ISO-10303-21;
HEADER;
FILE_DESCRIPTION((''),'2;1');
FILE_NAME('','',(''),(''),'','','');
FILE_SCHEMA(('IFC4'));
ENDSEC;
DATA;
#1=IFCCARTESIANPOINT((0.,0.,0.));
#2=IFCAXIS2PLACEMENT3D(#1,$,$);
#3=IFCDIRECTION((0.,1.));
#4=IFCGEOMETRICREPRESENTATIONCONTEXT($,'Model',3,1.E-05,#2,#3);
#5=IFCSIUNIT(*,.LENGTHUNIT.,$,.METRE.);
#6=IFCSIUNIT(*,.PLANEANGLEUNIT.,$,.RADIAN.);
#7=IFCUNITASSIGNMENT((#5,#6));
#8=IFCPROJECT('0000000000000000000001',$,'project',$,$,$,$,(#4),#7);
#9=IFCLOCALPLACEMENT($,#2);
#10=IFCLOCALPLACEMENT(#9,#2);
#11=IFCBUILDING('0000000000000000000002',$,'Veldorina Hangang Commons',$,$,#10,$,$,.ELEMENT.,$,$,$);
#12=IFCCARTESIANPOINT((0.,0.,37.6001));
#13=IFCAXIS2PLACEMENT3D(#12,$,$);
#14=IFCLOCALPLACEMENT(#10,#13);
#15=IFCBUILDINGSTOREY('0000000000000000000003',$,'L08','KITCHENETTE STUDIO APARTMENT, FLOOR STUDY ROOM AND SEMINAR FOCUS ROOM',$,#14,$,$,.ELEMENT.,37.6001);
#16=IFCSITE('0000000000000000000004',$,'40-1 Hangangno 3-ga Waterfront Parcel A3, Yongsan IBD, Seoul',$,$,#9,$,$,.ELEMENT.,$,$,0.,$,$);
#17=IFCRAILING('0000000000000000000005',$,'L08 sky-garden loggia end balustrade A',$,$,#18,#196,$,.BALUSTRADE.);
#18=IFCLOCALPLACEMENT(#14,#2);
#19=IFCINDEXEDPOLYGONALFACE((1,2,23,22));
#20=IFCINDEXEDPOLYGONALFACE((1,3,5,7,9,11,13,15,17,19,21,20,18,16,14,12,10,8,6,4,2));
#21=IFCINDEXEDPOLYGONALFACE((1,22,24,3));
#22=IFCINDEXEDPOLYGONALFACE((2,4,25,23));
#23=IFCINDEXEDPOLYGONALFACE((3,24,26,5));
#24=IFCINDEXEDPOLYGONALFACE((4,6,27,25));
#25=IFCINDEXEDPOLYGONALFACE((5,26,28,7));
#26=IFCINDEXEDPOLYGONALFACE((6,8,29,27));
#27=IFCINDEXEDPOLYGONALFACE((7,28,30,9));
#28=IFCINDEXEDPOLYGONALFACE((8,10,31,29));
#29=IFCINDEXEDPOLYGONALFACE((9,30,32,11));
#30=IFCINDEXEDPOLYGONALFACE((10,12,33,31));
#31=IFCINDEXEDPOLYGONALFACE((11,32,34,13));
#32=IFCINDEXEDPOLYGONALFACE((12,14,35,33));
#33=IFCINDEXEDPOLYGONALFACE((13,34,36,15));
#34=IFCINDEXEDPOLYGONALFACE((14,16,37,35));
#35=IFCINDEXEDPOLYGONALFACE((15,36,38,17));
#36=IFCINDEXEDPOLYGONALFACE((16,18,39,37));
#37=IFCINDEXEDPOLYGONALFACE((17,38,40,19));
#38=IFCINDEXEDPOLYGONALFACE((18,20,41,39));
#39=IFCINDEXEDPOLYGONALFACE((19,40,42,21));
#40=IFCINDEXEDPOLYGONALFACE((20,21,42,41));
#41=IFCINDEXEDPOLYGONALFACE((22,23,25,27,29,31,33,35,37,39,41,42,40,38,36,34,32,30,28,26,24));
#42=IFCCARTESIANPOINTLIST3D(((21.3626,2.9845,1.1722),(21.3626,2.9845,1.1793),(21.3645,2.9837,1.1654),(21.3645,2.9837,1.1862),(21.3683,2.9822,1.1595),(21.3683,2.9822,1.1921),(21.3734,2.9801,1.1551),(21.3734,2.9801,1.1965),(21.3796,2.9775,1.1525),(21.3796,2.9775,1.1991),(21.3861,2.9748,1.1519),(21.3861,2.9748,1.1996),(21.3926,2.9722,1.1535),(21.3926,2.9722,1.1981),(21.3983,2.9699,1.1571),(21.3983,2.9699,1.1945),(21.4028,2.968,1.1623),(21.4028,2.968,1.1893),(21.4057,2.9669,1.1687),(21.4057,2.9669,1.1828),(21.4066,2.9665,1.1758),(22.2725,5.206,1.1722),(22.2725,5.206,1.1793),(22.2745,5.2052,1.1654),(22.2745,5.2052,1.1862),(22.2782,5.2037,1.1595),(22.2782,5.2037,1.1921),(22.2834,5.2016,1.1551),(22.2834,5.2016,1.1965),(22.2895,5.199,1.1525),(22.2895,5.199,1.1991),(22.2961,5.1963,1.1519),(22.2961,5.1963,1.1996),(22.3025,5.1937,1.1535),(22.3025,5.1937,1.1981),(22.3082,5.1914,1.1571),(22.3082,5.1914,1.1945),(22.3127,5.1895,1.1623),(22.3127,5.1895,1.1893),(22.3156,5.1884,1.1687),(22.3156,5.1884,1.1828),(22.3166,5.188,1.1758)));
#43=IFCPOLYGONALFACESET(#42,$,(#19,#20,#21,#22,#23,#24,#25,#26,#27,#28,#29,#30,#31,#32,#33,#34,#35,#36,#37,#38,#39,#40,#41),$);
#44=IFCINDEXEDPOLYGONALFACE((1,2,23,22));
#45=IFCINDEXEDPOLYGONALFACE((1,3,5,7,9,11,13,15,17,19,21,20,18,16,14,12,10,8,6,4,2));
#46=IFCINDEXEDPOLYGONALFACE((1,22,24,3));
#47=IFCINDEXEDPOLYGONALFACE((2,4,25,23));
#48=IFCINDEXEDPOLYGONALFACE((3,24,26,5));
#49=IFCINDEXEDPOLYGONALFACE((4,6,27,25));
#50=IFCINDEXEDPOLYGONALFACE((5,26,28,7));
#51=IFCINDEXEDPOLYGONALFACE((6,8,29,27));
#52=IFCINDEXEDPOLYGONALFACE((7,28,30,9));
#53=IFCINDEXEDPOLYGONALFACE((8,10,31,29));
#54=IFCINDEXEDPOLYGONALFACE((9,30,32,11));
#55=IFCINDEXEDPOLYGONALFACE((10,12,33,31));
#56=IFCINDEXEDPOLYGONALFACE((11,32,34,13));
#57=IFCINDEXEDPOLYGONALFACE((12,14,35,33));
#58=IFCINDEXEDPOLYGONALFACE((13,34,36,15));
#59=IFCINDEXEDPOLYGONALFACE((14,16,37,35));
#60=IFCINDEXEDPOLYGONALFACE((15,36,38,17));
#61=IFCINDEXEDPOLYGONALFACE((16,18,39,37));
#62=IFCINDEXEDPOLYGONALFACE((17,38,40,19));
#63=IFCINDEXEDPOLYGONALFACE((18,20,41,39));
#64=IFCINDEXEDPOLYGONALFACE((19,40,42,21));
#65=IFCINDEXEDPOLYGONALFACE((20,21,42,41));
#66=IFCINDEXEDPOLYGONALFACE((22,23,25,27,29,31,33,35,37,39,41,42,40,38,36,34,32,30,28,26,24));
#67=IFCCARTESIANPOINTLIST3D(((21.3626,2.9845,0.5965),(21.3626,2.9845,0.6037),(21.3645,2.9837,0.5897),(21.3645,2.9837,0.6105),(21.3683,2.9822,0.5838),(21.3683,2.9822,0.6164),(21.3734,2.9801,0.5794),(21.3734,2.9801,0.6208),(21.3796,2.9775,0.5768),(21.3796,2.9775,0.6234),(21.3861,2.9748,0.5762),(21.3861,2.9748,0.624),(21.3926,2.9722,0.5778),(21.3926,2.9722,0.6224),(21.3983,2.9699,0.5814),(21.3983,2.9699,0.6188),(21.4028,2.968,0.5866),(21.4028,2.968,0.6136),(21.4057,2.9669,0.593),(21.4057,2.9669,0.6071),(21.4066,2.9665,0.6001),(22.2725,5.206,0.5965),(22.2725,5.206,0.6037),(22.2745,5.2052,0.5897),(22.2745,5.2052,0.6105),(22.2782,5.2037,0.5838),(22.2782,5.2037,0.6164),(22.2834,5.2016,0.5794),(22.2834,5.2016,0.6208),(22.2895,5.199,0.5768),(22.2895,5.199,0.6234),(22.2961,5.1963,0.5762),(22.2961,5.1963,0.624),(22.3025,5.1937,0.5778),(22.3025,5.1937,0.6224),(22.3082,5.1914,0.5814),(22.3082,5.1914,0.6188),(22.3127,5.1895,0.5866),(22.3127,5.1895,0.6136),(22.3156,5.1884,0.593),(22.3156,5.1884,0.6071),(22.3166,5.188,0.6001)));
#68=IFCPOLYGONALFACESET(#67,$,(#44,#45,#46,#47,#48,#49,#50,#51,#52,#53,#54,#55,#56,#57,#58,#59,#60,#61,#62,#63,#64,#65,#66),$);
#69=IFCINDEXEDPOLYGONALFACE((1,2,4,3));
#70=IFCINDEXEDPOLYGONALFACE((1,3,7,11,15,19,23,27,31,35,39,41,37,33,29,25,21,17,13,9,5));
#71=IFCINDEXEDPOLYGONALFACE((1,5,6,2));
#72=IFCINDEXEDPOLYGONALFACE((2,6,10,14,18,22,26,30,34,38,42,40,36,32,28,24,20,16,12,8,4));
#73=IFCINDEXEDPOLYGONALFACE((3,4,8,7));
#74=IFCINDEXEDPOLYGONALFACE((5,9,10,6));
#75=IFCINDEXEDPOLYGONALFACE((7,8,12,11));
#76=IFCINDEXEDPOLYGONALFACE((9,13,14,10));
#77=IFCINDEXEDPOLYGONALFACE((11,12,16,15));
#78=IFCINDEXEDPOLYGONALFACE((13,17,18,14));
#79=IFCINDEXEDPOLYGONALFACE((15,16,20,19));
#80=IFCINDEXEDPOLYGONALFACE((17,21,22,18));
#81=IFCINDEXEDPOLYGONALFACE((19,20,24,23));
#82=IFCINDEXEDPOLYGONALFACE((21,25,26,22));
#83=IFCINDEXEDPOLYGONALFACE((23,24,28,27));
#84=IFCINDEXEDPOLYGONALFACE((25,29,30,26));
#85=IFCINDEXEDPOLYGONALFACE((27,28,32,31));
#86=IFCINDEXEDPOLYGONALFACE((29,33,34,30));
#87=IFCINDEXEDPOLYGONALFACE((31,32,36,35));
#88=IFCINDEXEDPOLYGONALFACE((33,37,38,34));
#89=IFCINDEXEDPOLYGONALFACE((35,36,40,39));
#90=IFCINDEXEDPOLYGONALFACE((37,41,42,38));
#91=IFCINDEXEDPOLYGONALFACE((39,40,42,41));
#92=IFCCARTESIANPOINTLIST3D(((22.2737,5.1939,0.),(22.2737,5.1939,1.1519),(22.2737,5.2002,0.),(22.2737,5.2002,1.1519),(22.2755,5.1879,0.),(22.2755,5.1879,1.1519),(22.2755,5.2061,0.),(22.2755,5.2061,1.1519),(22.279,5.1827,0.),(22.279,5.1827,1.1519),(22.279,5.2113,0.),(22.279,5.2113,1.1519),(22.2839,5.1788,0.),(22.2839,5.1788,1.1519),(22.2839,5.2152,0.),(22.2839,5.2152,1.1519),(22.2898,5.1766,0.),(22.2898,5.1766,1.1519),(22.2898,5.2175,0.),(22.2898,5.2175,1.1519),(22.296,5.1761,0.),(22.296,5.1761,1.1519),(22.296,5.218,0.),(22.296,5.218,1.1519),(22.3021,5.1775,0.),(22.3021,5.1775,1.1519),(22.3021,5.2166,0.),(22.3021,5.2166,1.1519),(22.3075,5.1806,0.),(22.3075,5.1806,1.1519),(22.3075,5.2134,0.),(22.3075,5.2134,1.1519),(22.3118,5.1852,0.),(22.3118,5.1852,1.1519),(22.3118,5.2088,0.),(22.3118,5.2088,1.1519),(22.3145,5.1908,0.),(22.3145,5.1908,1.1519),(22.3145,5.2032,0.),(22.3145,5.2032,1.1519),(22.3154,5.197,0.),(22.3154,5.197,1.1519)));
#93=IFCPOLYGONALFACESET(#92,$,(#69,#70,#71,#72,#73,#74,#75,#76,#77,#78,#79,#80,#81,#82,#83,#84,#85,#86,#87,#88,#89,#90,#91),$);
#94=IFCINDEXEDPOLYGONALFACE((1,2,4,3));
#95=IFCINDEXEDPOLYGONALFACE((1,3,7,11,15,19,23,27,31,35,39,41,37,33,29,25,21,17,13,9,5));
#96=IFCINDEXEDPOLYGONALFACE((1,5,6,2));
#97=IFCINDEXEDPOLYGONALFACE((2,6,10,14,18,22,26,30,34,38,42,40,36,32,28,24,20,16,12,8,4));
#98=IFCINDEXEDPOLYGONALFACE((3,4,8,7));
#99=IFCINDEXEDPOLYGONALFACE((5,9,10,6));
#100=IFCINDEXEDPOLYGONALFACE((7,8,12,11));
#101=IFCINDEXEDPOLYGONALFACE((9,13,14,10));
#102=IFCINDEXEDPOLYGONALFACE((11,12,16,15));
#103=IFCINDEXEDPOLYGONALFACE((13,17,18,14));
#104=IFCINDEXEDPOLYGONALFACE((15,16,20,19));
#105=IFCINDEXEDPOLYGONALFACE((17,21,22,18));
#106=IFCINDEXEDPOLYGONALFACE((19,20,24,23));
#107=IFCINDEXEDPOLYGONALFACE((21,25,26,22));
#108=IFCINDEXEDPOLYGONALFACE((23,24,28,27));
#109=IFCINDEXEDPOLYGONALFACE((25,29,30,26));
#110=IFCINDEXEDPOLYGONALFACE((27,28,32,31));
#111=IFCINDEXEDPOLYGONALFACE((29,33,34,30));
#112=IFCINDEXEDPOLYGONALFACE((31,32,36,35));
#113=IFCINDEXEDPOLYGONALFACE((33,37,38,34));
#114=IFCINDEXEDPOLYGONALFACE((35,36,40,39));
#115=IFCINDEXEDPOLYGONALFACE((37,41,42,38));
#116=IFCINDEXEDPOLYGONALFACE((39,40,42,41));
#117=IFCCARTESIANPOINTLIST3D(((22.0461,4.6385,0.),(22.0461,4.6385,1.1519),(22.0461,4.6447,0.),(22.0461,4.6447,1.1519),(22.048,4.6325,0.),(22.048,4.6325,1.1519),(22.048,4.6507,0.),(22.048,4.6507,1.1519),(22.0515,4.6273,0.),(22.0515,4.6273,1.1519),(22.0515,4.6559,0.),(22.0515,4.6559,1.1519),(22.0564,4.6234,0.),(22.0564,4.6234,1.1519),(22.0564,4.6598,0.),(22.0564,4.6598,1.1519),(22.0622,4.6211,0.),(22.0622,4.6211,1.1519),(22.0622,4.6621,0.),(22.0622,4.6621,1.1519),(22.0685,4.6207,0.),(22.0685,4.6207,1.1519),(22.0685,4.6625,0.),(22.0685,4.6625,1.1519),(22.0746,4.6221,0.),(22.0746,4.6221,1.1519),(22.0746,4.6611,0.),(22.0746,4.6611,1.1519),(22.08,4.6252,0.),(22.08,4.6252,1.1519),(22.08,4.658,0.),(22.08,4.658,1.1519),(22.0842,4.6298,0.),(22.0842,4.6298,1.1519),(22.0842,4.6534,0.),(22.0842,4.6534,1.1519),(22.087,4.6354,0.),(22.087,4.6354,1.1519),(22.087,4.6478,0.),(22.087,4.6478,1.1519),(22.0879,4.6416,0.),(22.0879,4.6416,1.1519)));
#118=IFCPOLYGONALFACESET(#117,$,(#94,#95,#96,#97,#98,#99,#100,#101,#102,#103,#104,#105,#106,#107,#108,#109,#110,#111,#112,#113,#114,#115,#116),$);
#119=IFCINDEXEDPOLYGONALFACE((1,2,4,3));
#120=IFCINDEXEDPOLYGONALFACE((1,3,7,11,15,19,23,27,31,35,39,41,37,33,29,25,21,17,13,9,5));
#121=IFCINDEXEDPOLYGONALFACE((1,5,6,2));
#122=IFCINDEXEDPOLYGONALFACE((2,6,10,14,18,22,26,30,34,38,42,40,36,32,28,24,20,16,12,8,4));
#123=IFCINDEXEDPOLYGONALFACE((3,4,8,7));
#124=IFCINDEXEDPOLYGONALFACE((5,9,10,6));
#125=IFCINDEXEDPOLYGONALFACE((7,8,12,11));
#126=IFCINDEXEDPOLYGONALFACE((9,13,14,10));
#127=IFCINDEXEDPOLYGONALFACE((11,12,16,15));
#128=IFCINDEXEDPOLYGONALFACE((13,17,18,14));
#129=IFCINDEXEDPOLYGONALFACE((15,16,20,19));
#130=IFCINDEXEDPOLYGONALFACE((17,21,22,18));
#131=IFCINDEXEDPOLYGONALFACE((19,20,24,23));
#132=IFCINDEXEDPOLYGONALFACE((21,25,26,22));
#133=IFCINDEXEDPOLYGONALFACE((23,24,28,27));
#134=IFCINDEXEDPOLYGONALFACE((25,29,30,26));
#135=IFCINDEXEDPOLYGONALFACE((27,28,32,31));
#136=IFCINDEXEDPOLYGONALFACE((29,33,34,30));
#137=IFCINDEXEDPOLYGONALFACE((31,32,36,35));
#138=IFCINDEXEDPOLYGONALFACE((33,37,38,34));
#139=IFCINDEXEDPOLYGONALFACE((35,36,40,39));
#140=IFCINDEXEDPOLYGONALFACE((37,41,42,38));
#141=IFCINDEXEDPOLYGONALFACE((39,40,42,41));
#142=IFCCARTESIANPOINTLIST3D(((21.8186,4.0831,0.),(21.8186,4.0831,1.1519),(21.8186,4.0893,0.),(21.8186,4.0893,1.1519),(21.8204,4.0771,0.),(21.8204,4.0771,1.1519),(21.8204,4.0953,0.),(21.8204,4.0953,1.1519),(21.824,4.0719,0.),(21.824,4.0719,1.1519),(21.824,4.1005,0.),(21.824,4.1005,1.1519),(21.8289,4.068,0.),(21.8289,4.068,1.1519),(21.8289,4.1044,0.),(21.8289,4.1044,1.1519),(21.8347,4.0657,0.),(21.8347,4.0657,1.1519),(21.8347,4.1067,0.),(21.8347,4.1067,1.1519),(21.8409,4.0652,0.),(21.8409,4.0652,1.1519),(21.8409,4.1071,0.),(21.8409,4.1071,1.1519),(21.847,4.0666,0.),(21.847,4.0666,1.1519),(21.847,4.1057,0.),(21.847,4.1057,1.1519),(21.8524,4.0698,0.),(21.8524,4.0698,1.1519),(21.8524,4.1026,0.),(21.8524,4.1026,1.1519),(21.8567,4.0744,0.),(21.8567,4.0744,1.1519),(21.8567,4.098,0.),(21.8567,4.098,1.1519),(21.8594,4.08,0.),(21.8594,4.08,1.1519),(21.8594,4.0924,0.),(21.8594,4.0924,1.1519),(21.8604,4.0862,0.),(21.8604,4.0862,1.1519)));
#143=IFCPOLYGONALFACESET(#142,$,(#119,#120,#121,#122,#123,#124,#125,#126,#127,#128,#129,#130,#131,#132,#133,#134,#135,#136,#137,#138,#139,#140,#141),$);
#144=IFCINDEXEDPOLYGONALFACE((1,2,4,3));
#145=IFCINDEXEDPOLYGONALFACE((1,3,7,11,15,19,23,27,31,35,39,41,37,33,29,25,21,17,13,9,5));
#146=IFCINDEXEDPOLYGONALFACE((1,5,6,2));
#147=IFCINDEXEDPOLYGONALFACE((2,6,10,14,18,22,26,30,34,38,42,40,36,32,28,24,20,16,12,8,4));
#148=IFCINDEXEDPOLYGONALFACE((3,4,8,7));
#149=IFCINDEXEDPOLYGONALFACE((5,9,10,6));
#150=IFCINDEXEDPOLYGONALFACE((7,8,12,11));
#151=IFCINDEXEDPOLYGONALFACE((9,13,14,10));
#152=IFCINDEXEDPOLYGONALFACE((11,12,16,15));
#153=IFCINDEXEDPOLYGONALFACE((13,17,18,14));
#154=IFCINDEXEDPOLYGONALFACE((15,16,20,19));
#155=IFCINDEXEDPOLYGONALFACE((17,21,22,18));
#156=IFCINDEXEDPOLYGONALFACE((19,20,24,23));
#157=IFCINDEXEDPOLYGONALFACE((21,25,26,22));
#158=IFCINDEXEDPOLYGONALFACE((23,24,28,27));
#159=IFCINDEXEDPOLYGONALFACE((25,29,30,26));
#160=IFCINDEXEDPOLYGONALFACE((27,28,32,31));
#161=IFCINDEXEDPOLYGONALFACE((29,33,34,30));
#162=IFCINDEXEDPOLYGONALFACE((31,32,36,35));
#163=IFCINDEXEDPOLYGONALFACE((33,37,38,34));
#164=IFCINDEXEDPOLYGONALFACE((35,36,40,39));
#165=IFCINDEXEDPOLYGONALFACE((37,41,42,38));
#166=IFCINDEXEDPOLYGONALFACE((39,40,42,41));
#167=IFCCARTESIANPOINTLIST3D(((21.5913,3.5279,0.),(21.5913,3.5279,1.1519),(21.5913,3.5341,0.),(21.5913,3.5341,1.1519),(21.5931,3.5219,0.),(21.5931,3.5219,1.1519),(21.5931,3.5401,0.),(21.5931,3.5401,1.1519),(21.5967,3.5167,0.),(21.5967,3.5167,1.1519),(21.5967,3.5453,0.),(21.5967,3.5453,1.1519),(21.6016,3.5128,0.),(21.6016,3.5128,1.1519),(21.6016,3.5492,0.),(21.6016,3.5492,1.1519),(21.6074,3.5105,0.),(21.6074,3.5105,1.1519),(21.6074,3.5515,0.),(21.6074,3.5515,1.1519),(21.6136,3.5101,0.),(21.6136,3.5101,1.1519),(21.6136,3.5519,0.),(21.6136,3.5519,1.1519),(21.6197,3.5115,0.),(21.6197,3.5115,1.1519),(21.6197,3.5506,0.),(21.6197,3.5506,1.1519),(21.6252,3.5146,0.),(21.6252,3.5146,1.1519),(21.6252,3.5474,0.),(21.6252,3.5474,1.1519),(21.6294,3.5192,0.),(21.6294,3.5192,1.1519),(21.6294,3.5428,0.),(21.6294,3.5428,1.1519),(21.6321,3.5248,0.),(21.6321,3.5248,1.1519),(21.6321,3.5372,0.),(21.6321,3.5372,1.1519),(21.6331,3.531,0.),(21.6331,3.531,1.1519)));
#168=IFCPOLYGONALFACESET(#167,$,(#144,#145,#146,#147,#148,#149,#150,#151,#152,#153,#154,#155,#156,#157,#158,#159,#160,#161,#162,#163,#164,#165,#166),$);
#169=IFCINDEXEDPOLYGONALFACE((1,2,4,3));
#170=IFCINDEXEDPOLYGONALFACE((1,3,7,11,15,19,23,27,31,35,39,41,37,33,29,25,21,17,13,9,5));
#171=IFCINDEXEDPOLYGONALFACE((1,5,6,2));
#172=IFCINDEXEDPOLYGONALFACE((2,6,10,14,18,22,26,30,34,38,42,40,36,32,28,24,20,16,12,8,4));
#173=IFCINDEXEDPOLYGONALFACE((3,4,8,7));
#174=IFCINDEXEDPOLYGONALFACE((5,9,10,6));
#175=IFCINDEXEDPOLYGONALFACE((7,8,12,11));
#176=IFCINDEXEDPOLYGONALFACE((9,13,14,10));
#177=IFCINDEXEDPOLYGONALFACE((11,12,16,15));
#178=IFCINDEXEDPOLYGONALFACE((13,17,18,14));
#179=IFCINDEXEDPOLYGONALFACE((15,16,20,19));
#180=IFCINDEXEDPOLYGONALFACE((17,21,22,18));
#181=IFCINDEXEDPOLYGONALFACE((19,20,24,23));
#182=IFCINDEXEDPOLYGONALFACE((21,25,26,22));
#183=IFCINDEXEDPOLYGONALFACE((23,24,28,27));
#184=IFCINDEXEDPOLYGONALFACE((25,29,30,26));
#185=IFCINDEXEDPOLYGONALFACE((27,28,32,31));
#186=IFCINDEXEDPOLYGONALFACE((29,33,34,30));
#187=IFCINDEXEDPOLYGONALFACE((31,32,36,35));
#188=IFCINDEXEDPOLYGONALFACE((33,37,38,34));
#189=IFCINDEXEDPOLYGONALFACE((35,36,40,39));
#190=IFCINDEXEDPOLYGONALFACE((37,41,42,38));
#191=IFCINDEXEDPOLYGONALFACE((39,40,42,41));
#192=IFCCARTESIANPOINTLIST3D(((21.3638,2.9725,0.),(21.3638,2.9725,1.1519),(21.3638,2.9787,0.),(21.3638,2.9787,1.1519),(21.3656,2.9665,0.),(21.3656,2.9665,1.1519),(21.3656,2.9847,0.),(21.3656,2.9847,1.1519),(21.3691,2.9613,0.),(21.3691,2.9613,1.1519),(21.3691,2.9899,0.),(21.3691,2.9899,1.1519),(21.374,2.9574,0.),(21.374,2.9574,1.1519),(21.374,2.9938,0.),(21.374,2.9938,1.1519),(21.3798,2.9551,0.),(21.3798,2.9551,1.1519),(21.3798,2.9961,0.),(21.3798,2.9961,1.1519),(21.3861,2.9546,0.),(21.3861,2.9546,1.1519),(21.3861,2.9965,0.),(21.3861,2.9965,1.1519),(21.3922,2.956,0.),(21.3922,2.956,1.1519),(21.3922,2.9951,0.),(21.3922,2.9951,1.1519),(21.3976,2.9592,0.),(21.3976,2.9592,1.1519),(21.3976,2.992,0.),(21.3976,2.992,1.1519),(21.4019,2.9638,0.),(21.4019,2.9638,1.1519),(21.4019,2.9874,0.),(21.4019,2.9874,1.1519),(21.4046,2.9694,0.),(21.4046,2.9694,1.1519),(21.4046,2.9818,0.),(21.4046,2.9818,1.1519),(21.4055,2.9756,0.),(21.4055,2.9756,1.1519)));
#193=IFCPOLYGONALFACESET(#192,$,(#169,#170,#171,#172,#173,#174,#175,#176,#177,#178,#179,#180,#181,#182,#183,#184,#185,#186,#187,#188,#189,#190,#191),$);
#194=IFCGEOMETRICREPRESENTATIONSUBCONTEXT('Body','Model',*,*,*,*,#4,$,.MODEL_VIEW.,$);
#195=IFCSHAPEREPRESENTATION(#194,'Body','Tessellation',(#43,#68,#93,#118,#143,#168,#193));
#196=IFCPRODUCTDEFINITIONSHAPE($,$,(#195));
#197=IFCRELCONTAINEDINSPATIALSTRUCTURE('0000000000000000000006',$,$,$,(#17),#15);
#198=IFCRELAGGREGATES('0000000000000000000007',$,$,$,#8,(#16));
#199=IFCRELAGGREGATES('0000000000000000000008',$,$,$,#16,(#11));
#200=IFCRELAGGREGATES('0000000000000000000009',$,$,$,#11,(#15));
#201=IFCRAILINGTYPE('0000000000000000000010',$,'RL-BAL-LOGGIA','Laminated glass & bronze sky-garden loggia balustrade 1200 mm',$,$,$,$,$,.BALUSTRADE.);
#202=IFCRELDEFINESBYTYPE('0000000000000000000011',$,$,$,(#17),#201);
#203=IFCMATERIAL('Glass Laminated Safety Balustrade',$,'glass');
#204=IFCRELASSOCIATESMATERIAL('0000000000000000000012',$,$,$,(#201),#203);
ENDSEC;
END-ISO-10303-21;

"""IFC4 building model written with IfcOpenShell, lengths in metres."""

from ifc_helpers import new_model, si_unit, direction, frame, origin, origin_2d, place, context, subcontext, project, spatial, circle, extrude, material, type_object, element, save


model = new_model("IFC4")

# Units and contexts
model_context = context("Model", 3, precision=1e-05, world=origin(), true_north=direction((0.0, 1.0)))
body_context = subcontext(model_context, "Body", "Model", "MODEL_VIEW")
ifc_project = project(units=[si_unit("LENGTHUNIT", "METRE"), si_unit("PLANEANGLEUNIT", "RADIAN")], contexts=[model_context])

# Site, building, storey
site_placement = place(None, origin())
site = spatial("IfcSite", under=ifc_project, at=site_placement, Name="40-1 Hangangno 3-ga Waterfront Parcel A3, Yongsan IBD, Seoul", CompositionType="ELEMENT", RefElevation=0.0)
building_placement = place(site_placement, origin())
building = spatial("IfcBuilding", under=site, at=building_placement, Name="Veldorina Hangang Commons", CompositionType="ELEMENT")
storey_placement = place(building_placement, frame((0.0, 0.0, 37.6001)))
storey = spatial("IfcBuildingStorey", under=building, at=storey_placement, Name="L08", Description="KITCHENETTE STUDIO APARTMENT, FLOOR STUDY ROOM AND SEMINAR FOCUS ROOM", CompositionType="ELEMENT", Elevation=37.6001)

# Railing
ifc_material_1 = material(Name="Glass Laminated Safety Balustrade", Category="glass")
railing_type = type_object("IfcRailingType", Name="RL-BAL-LOGGIA", Description="Laminated glass & bronze sky-garden loggia balustrade 1200 mm", PredefinedType="BALUSTRADE", material=ifc_material_1)
railing_1_placement = place(storey_placement, frame((22.2944, 5.197, 0.0)))
element("IfcRailing", 1, at=railing_1_placement, inside=storey, type_object=railing_type, Name="L08 sky-garden loggia end balustrade A", PredefinedType="BALUSTRADE", context=body_context, shape_type="SweptSolid", body=[
    extrude(circle(Radius=0.0239, at=origin_2d()), frame((0.0, 0.0, 1.1758), z_axis=(-0.379041, -0.92538, 0.0), x_axis=(0.92538, -0.379041, 0.0)), (0.0, 0.0, 1.0), 2.4006),
    extrude(circle(Radius=0.0239, at=origin_2d()), frame((0.0, 0.0, 0.6001), z_axis=(-0.379041, -0.92538, 0.0), x_axis=(0.92538, -0.379041, 0.0)), (0.0, 0.0, 1.0), 2.4006),
    extrude(circle(Radius=0.021, at=origin_2d()), origin(), (0.0, 0.0, 1.0), 1.1519),
    extrude(circle(Radius=0.021, at=origin_2d()), frame((-0.2275, -0.5554, 0.0)), (0.0, 0.0, 1.0), 1.1519),
    extrude(circle(Radius=0.021, at=origin_2d()), frame((-0.4551, -1.1108, 0.0)), (0.0, 0.0, 1.0), 1.1519),
    extrude(circle(Radius=0.021, at=origin_2d()), frame((-0.6824, -1.666, 0.0)), (0.0, 0.0, 1.0), 1.1519),
    extrude(circle(Radius=0.021, at=origin_2d()), frame((-0.9099, -2.2214, 0.0)), (0.0, 0.0, 1.0), 1.1519),
])

save(model, "model.ifc")
